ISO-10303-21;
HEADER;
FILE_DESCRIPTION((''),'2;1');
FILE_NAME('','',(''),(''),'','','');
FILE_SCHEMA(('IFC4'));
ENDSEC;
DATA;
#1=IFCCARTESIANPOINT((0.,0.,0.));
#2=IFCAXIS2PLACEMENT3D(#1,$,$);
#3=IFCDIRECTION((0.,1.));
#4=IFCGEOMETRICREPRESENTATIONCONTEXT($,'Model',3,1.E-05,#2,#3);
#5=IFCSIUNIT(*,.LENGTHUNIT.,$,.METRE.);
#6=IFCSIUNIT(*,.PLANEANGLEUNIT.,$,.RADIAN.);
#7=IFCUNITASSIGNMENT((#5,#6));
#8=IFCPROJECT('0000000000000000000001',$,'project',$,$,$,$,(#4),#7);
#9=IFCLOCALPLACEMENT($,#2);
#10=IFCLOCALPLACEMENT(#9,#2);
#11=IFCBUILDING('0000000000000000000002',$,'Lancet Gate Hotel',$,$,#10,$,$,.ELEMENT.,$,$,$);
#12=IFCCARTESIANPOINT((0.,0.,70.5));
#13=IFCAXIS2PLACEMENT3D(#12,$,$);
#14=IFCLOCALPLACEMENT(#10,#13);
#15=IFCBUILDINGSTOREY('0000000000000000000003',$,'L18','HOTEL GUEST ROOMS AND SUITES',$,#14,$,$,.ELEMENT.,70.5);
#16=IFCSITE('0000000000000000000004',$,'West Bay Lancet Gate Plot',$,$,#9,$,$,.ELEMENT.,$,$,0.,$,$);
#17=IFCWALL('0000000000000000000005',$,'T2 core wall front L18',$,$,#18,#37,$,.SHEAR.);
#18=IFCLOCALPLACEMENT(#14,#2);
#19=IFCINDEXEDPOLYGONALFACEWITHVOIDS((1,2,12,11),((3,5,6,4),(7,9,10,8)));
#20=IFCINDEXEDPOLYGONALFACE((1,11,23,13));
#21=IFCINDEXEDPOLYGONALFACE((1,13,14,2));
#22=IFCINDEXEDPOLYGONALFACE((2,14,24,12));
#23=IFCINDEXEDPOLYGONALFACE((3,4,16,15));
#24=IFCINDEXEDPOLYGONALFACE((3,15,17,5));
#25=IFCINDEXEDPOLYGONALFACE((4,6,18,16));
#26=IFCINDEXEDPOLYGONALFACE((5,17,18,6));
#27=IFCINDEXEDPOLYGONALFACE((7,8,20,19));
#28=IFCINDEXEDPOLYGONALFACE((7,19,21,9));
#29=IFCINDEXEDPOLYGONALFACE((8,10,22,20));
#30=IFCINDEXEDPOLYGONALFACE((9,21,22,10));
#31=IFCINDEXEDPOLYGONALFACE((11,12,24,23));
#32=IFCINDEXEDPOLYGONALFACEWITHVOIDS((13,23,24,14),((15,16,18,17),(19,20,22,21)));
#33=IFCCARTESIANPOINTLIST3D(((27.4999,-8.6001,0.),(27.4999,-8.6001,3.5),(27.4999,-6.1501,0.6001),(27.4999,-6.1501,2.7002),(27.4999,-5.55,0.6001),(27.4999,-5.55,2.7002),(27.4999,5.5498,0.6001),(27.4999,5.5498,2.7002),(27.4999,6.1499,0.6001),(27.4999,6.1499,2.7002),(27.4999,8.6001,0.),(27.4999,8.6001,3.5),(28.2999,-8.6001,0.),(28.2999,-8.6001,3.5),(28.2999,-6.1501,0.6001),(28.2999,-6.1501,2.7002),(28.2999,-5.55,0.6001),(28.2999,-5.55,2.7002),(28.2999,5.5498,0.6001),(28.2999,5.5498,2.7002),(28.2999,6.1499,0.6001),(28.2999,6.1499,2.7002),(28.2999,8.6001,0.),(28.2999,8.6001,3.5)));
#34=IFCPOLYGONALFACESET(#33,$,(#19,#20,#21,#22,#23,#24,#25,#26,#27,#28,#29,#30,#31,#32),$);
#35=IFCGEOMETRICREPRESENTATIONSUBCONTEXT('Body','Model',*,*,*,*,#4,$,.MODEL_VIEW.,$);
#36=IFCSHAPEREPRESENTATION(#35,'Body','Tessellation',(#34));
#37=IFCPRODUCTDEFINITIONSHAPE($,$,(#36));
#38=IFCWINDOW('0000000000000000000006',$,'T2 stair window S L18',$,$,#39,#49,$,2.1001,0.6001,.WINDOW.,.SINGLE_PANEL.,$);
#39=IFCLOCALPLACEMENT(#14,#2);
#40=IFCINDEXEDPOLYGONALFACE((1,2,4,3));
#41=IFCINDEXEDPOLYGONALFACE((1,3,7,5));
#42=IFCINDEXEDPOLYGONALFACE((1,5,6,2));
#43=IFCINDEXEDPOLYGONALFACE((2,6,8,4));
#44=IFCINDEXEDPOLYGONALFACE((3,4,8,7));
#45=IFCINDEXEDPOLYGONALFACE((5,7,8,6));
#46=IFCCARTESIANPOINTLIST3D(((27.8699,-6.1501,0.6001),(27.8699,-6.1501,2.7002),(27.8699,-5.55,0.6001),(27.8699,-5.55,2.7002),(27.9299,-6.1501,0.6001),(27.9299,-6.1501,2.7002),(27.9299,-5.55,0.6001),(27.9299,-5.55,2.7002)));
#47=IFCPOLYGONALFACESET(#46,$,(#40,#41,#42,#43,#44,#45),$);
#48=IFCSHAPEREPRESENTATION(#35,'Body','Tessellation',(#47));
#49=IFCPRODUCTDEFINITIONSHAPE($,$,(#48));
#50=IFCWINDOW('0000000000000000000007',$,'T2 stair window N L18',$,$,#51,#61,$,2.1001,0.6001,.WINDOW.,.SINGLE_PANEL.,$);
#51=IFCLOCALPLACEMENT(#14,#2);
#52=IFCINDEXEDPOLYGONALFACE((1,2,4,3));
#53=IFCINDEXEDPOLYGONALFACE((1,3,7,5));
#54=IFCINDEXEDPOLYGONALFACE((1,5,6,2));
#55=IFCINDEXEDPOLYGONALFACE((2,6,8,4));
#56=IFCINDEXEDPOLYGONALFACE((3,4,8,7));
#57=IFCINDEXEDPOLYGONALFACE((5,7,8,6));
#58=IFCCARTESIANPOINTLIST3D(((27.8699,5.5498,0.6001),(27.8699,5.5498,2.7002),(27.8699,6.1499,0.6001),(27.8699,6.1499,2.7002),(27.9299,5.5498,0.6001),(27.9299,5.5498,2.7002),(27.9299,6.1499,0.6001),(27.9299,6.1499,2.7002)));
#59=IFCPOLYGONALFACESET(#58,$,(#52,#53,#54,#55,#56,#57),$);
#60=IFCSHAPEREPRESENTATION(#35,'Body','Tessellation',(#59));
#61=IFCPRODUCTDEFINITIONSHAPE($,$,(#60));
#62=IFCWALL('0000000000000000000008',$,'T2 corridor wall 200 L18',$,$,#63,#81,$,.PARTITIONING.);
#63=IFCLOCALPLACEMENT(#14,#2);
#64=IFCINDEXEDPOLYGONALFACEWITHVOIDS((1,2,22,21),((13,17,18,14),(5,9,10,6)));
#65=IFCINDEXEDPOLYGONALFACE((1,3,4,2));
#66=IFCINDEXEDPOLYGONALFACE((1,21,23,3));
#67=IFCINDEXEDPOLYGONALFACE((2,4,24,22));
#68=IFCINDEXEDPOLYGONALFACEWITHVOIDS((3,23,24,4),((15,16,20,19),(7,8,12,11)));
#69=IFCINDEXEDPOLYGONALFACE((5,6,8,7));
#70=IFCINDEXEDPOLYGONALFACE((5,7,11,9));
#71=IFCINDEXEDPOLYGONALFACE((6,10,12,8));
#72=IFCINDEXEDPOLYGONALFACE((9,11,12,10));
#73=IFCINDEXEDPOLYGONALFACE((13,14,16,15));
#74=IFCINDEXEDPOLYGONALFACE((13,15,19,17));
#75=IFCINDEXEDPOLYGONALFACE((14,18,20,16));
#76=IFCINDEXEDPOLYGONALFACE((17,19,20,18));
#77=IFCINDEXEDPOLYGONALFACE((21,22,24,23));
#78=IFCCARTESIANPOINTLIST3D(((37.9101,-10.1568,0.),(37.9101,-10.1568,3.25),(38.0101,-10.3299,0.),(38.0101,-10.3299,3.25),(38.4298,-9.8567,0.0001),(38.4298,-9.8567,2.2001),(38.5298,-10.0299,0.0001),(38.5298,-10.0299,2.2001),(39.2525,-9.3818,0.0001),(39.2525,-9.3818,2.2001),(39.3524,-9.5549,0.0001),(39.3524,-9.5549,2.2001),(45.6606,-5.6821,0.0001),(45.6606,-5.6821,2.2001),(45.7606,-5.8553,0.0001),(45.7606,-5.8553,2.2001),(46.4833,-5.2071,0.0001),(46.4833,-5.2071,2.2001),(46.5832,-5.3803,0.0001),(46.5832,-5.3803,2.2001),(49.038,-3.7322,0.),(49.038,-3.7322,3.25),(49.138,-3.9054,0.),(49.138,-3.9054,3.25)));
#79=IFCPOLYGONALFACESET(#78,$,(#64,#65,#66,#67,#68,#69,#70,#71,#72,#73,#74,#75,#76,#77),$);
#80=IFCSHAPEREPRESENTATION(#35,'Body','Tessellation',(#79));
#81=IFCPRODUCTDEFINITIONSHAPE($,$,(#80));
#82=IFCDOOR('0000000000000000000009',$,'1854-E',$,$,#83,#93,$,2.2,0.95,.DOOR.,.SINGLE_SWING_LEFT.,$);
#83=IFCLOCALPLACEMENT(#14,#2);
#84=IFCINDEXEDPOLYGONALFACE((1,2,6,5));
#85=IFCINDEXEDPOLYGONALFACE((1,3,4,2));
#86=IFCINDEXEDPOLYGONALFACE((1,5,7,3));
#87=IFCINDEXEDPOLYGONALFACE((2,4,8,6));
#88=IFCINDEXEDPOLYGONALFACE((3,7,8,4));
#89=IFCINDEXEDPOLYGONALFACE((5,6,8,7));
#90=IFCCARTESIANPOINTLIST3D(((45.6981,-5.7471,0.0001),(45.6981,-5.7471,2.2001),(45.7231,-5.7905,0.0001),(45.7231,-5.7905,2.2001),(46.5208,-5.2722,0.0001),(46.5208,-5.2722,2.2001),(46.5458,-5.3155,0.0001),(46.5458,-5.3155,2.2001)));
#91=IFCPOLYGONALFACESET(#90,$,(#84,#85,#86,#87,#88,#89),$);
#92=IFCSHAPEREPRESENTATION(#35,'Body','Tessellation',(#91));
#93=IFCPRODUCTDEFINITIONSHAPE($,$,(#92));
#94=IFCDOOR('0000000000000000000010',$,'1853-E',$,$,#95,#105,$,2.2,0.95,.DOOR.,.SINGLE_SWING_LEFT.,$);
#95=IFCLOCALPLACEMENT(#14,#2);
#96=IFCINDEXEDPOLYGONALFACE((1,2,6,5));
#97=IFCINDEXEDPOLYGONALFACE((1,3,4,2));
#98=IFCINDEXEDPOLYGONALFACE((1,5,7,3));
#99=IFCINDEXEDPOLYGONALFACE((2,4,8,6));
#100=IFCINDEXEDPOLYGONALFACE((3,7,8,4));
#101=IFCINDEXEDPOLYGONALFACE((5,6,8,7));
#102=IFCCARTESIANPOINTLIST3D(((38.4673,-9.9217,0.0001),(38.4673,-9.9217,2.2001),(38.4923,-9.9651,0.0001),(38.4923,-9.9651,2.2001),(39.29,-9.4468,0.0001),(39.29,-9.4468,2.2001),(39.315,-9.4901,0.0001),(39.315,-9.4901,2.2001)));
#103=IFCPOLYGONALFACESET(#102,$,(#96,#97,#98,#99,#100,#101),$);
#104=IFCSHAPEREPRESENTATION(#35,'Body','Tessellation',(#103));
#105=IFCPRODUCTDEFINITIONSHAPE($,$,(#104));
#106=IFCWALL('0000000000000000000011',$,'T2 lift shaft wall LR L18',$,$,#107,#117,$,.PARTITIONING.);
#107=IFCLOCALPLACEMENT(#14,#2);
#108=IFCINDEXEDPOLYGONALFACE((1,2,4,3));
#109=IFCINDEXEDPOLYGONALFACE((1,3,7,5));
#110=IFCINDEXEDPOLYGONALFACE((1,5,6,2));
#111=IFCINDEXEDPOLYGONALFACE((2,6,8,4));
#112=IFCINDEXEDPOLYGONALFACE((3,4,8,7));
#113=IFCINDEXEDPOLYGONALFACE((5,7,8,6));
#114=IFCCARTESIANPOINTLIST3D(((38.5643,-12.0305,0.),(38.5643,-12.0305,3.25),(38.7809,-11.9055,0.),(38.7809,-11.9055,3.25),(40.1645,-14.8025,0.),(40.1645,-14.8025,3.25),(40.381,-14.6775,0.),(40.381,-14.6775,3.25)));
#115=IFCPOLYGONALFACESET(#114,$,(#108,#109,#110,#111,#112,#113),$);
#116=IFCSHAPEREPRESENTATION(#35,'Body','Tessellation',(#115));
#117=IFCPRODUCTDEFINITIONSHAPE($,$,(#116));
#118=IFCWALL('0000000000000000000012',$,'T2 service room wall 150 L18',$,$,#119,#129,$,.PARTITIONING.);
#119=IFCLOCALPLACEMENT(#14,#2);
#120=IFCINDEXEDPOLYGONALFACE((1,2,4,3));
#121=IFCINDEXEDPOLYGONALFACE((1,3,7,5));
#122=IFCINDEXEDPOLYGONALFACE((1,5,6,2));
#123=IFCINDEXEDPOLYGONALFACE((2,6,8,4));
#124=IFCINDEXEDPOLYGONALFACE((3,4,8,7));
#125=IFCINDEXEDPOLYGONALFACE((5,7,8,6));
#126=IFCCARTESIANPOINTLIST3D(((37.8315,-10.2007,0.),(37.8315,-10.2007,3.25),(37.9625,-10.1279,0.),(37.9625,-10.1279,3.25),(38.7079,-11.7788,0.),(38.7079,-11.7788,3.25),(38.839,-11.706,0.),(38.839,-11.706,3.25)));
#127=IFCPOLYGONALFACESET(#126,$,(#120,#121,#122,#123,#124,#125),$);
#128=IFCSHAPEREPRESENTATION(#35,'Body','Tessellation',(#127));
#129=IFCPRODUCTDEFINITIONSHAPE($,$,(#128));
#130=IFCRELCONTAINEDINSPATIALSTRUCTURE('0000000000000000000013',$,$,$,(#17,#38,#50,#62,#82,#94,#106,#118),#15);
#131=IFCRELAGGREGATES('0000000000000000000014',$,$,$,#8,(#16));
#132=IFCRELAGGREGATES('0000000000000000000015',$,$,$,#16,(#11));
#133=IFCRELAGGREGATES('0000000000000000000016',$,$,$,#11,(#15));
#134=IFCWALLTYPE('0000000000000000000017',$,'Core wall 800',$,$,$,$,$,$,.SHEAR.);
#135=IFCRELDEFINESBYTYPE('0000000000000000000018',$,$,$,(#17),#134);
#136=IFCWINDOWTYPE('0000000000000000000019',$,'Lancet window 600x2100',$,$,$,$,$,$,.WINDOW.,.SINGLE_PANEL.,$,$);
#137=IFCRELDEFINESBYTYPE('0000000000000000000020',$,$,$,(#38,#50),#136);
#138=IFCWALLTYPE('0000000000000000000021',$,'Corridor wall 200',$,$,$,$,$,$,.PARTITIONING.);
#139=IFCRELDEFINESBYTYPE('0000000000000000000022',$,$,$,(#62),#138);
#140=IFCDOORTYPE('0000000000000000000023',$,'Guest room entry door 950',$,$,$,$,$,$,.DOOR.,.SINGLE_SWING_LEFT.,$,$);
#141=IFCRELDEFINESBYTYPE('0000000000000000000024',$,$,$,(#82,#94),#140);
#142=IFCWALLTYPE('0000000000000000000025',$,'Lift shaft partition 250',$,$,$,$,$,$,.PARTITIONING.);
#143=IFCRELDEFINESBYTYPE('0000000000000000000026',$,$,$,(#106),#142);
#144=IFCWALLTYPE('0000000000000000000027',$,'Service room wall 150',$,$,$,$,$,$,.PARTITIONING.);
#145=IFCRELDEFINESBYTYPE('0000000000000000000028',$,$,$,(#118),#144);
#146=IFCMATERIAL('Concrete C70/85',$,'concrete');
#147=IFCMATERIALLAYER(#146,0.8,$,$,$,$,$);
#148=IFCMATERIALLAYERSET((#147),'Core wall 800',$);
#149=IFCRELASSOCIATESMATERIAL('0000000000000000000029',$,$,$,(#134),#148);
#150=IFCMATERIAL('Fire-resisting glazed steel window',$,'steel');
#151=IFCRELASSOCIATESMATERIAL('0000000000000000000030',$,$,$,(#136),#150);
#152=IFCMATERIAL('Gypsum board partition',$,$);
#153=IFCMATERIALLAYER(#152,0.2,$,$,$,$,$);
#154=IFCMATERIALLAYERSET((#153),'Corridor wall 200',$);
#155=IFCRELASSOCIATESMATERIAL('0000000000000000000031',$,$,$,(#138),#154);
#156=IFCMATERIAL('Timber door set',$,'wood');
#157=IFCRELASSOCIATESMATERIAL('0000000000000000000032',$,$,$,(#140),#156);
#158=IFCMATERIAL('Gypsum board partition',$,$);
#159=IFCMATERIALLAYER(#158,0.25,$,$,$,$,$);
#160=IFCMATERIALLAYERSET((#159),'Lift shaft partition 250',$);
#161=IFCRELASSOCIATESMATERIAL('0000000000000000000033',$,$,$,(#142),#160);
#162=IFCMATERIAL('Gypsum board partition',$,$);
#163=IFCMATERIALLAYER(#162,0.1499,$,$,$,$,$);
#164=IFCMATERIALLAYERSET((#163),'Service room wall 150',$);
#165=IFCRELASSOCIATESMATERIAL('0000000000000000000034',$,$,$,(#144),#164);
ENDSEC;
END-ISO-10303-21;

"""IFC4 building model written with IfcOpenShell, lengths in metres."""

from ifc_helpers import new_model, si_unit, direction, frame, frame_2d, origin, place, context, subcontext, project, spatial, rectangle, extrude, material, layer, layer_set, type_object, element, fill, save


model = new_model("IFC4")

# Units and contexts
model_context = context("Model", 3, precision=1e-05, world=origin(), true_north=direction((0.0, 1.0)))
body_context = subcontext(model_context, "Body", "Model", "MODEL_VIEW")
ifc_project = project(units=[si_unit("LENGTHUNIT", "METRE"), si_unit("PLANEANGLEUNIT", "RADIAN")], contexts=[model_context])

# Site, building, storey
site_placement = place(None, origin())
site = spatial("IfcSite", under=ifc_project, at=site_placement, Name="West Bay Lancet Gate Plot", CompositionType="ELEMENT", RefElevation=0.0)
building_placement = place(site_placement, origin())
building = spatial("IfcBuilding", under=site, at=building_placement, Name="Lancet Gate Hotel", CompositionType="ELEMENT")
storey_placement = place(building_placement, frame((0.0, 0.0, 70.5)))
storey = spatial("IfcBuildingStorey", under=building, at=storey_placement, Name="L18", Description="HOTEL GUEST ROOMS AND SUITES", CompositionType="ELEMENT", Elevation=70.5)

# Wall, openings, windows
ifc_material_1 = material(Name="Concrete C70/85", Category="concrete")
ifc_layer_1 = layer(ifc_material_1, 0.8)
ifc_layer_set_1 = layer_set([ifc_layer_1], Name="Core wall 800")
wall_type_1 = type_object("IfcWallType", Name="Core wall 800", PredefinedType="SHEAR", material=ifc_layer_set_1)
wall_1_placement = place(storey_placement, frame((27.8999, -8.6001, 0.0), z_axis=(0.0, 0.0, 1.0), x_axis=(0.0, 1.0, 0.0)))
wall_1 = element("IfcWall", 1, at=wall_1_placement, inside=storey, type_object=wall_type_1, Name="T2 core wall front L18", PredefinedType="SHEAR", context=body_context, shape_type="SweptSolid", body=[
    extrude(rectangle(XDim=17.2002, YDim=0.8, at=frame_2d((8.6001, 0.0))), origin(), (0.0, 0.0, 1.0), 3.5),
])
opening_1_placement = place(wall_1_placement, frame((2.45, 0.0, 0.6001)))
opening_1 = element("IfcOpeningElement", 2, at=opening_1_placement, cuts=wall_1, PredefinedType="OPENING", context=body_context, shape_type="SweptSolid", body=[
    extrude(rectangle(XDim=0.6001, YDim=2.1001, at=frame_2d((0.3, 1.05))), frame((0.0, 0.4099, 0.0), z_axis=(0.0, -1.0, 0.0), x_axis=(1.0, 0.0, 0.0)), (0.0, 0.0, 1.0), 0.8201),
])
opening_2_placement = place(wall_1_placement, frame((14.1499, 0.0, 0.6001)))
opening_2 = element("IfcOpeningElement", 3, at=opening_2_placement, cuts=wall_1, PredefinedType="OPENING", context=body_context, shape_type="SweptSolid", body=[
    extrude(rectangle(XDim=0.6001, YDim=2.1001, at=frame_2d((0.3, 1.05))), frame((0.0, 0.4099, 0.0), z_axis=(0.0, -1.0, 0.0), x_axis=(1.0, 0.0, 0.0)), (0.0, 0.0, 1.0), 0.8201),
])
ifc_material_2 = material(Name="Fire-resisting glazed steel window", Category="steel")
window_type = type_object("IfcWindowType", Name="Lancet window 600x2100", PartitioningType="SINGLE_PANEL", PredefinedType="WINDOW", material=ifc_material_2)
window_1_placement = place(opening_1_placement, origin())
window_1 = element("IfcWindow", 4, at=window_1_placement, inside=storey, type_object=window_type, Name="T2 stair window S L18", OverallHeight=2.1001, OverallWidth=0.6001, PartitioningType="SINGLE_PANEL", PredefinedType="WINDOW", context=body_context, shape_type="SweptSolid", body=[
    extrude(rectangle(XDim=0.6001, YDim=2.1001, at=frame_2d((0.3, 1.05))), frame((0.0, 0.03, 0.0), z_axis=(0.0, -1.0, 0.0), x_axis=(1.0, 0.0, 0.0)), (0.0, 0.0, 1.0), 0.0601),
])
fill(opening_1, window_1)
window_2_placement = place(opening_2_placement, origin())
window_2 = element("IfcWindow", 5, at=window_2_placement, inside=storey, type_object=window_type, Name="T2 stair window N L18", OverallHeight=2.1001, OverallWidth=0.6001, PartitioningType="SINGLE_PANEL", PredefinedType="WINDOW", context=body_context, shape_type="SweptSolid", body=[
    extrude(rectangle(XDim=0.6001, YDim=2.1001, at=frame_2d((0.3, 1.05))), frame((0.0, 0.03, 0.0), z_axis=(0.0, -1.0, 0.0), x_axis=(1.0, 0.0, 0.0)), (0.0, 0.0, 1.0), 0.0601),
])
fill(opening_2, window_2)

# Wall, openings, doors
ifc_material_3 = material(Name="Gypsum board partition")
ifc_layer_2 = layer(ifc_material_3, 0.2)
ifc_layer_set_2 = layer_set([ifc_layer_2], Name="Corridor wall 200")
wall_type_2 = type_object("IfcWallType", Name="Corridor wall 200", PredefinedType="PARTITIONING", material=ifc_layer_set_2)
wall_2_placement = place(storey_placement, frame((37.96, -10.2434, 0.0), z_axis=(0.0, 0.0, 1.0), x_axis=(0.866031, 0.499991, 0.0)))
wall_2 = element("IfcWall", 6, at=wall_2_placement, inside=storey, type_object=wall_type_2, Name="T2 corridor wall 200 L18", PredefinedType="PARTITIONING", context=body_context, shape_type="SweptSolid", body=[
    extrude(rectangle(XDim=12.8494, YDim=0.2, at=frame_2d((6.4248, 0.0))), origin(), (0.0, 0.0, 1.0), 3.25),
])
opening_3_placement = place(wall_2_placement, frame((8.9495, 0.0, 0.0)))
opening_3 = element("IfcOpeningElement", 7, at=opening_3_placement, cuts=wall_2, PredefinedType="OPENING", context=body_context, shape_type="SweptSolid", body=[
    extrude(rectangle(XDim=0.95, YDim=2.2, at=frame_2d((0.4751, 1.1001))), frame((0.0, 0.1099, 0.0), z_axis=(0.0, -1.0, 0.0), x_axis=(1.0, 0.0, 0.0)), (0.0, 0.0, 1.0), 0.22),
])
opening_4_placement = place(wall_2_placement, frame((0.6001, 0.0, 0.0)))
opening_4 = element("IfcOpeningElement", 8, at=opening_4_placement, cuts=wall_2, PredefinedType="OPENING", context=body_context, shape_type="SweptSolid", body=[
    extrude(rectangle(XDim=0.95, YDim=2.2, at=frame_2d((0.4751, 1.1001))), frame((0.0, 0.1099, 0.0), z_axis=(0.0, -1.0, 0.0), x_axis=(1.0, 0.0, 0.0)), (0.0, 0.0, 1.0), 0.22),
])
ifc_material_4 = material(Name="Timber door set", Category="wood")
door_type_1 = type_object("IfcDoorType", Name="Guest room entry door 950", OperationType="SINGLE_SWING_LEFT", PredefinedType="DOOR", material=ifc_material_4)
door_1_placement = place(opening_3_placement, origin())
door_1 = element("IfcDoor", 9, at=door_1_placement, inside=storey, type_object=door_type_1, Name="1854-E", OperationType="SINGLE_SWING_LEFT", OverallHeight=2.2, OverallWidth=0.95, PredefinedType="DOOR", context=body_context, shape_type="SweptSolid", body=[
    extrude(rectangle(XDim=0.95, YDim=2.2, at=frame_2d((0.4751, 1.1001))), frame((0.0, 0.0249, 0.0), z_axis=(0.0, -1.0, 0.0), x_axis=(1.0, 0.0, 0.0)), (0.0, 0.0, 1.0), 0.05),
])
fill(opening_3, door_1)
door_2_placement = place(opening_4_placement, origin())
door_2 = element("IfcDoor", 10, at=door_2_placement, inside=storey, type_object=door_type_1, Name="1853-E", OperationType="SINGLE_SWING_LEFT", OverallHeight=2.2, OverallWidth=0.95, PredefinedType="DOOR", context=body_context, shape_type="SweptSolid", body=[
    extrude(rectangle(XDim=0.95, YDim=2.2, at=frame_2d((0.4751, 1.1001))), frame((0.0, 0.0249, 0.0), z_axis=(0.0, -1.0, 0.0), x_axis=(1.0, 0.0, 0.0)), (0.0, 0.0, 1.0), 0.05),
])
fill(opening_4, door_2)

# Walls
ifc_material_5 = material(Name="Gypsum board partition")
ifc_layer_3 = layer(ifc_material_5, 0.25)
ifc_layer_set_3 = layer_set([ifc_layer_3], Name="Lift shaft partition 250")
wall_type_3 = type_object("IfcWallType", Name="Lift shaft partition 250", PredefinedType="PARTITIONING", material=ifc_layer_set_3)
wall_3_placement = place(storey_placement, frame((38.6726, -11.968, 0.0), z_axis=(0.0, 0.0, 1.0), x_axis=(0.499929, -0.866066, 0.0)))
element("IfcWall", 11, at=wall_3_placement, inside=storey, type_object=wall_type_3, Name="T2 lift shaft wall LR L18", PredefinedType="PARTITIONING", context=body_context, shape_type="SweptSolid", body=[
    extrude(rectangle(XDim=3.2007, YDim=0.25, at=frame_2d((1.6003, 0.0))), origin(), (0.0, 0.0, 1.0), 3.25),
])
ifc_material_6 = material(Name="Gypsum board partition")
ifc_layer_4 = layer(ifc_material_6, 0.1499)
ifc_layer_set_4 = layer_set([ifc_layer_4], Name="Service room wall 150")
wall_type_4 = type_object("IfcWallType", Name="Service room wall 150", PredefinedType="PARTITIONING", material=ifc_layer_set_4)
wall_4_placement = place(storey_placement, frame((38.7734, -11.7424, 0.0), z_axis=(0.0, 0.0, 1.0), x_axis=(-0.485528, 0.874221, 0.0)))
element("IfcWall", 12, at=wall_4_placement, inside=storey, type_object=wall_type_4, Name="T2 service room wall 150 L18", PredefinedType="PARTITIONING", context=body_context, shape_type="SweptSolid", body=[
    extrude(rectangle(XDim=1.8052, YDim=0.1499, at=frame_2d((0.9026, 0.0))), origin(), (0.0, 0.0, 1.0), 3.25),
])

save(model, "model.ifc")
